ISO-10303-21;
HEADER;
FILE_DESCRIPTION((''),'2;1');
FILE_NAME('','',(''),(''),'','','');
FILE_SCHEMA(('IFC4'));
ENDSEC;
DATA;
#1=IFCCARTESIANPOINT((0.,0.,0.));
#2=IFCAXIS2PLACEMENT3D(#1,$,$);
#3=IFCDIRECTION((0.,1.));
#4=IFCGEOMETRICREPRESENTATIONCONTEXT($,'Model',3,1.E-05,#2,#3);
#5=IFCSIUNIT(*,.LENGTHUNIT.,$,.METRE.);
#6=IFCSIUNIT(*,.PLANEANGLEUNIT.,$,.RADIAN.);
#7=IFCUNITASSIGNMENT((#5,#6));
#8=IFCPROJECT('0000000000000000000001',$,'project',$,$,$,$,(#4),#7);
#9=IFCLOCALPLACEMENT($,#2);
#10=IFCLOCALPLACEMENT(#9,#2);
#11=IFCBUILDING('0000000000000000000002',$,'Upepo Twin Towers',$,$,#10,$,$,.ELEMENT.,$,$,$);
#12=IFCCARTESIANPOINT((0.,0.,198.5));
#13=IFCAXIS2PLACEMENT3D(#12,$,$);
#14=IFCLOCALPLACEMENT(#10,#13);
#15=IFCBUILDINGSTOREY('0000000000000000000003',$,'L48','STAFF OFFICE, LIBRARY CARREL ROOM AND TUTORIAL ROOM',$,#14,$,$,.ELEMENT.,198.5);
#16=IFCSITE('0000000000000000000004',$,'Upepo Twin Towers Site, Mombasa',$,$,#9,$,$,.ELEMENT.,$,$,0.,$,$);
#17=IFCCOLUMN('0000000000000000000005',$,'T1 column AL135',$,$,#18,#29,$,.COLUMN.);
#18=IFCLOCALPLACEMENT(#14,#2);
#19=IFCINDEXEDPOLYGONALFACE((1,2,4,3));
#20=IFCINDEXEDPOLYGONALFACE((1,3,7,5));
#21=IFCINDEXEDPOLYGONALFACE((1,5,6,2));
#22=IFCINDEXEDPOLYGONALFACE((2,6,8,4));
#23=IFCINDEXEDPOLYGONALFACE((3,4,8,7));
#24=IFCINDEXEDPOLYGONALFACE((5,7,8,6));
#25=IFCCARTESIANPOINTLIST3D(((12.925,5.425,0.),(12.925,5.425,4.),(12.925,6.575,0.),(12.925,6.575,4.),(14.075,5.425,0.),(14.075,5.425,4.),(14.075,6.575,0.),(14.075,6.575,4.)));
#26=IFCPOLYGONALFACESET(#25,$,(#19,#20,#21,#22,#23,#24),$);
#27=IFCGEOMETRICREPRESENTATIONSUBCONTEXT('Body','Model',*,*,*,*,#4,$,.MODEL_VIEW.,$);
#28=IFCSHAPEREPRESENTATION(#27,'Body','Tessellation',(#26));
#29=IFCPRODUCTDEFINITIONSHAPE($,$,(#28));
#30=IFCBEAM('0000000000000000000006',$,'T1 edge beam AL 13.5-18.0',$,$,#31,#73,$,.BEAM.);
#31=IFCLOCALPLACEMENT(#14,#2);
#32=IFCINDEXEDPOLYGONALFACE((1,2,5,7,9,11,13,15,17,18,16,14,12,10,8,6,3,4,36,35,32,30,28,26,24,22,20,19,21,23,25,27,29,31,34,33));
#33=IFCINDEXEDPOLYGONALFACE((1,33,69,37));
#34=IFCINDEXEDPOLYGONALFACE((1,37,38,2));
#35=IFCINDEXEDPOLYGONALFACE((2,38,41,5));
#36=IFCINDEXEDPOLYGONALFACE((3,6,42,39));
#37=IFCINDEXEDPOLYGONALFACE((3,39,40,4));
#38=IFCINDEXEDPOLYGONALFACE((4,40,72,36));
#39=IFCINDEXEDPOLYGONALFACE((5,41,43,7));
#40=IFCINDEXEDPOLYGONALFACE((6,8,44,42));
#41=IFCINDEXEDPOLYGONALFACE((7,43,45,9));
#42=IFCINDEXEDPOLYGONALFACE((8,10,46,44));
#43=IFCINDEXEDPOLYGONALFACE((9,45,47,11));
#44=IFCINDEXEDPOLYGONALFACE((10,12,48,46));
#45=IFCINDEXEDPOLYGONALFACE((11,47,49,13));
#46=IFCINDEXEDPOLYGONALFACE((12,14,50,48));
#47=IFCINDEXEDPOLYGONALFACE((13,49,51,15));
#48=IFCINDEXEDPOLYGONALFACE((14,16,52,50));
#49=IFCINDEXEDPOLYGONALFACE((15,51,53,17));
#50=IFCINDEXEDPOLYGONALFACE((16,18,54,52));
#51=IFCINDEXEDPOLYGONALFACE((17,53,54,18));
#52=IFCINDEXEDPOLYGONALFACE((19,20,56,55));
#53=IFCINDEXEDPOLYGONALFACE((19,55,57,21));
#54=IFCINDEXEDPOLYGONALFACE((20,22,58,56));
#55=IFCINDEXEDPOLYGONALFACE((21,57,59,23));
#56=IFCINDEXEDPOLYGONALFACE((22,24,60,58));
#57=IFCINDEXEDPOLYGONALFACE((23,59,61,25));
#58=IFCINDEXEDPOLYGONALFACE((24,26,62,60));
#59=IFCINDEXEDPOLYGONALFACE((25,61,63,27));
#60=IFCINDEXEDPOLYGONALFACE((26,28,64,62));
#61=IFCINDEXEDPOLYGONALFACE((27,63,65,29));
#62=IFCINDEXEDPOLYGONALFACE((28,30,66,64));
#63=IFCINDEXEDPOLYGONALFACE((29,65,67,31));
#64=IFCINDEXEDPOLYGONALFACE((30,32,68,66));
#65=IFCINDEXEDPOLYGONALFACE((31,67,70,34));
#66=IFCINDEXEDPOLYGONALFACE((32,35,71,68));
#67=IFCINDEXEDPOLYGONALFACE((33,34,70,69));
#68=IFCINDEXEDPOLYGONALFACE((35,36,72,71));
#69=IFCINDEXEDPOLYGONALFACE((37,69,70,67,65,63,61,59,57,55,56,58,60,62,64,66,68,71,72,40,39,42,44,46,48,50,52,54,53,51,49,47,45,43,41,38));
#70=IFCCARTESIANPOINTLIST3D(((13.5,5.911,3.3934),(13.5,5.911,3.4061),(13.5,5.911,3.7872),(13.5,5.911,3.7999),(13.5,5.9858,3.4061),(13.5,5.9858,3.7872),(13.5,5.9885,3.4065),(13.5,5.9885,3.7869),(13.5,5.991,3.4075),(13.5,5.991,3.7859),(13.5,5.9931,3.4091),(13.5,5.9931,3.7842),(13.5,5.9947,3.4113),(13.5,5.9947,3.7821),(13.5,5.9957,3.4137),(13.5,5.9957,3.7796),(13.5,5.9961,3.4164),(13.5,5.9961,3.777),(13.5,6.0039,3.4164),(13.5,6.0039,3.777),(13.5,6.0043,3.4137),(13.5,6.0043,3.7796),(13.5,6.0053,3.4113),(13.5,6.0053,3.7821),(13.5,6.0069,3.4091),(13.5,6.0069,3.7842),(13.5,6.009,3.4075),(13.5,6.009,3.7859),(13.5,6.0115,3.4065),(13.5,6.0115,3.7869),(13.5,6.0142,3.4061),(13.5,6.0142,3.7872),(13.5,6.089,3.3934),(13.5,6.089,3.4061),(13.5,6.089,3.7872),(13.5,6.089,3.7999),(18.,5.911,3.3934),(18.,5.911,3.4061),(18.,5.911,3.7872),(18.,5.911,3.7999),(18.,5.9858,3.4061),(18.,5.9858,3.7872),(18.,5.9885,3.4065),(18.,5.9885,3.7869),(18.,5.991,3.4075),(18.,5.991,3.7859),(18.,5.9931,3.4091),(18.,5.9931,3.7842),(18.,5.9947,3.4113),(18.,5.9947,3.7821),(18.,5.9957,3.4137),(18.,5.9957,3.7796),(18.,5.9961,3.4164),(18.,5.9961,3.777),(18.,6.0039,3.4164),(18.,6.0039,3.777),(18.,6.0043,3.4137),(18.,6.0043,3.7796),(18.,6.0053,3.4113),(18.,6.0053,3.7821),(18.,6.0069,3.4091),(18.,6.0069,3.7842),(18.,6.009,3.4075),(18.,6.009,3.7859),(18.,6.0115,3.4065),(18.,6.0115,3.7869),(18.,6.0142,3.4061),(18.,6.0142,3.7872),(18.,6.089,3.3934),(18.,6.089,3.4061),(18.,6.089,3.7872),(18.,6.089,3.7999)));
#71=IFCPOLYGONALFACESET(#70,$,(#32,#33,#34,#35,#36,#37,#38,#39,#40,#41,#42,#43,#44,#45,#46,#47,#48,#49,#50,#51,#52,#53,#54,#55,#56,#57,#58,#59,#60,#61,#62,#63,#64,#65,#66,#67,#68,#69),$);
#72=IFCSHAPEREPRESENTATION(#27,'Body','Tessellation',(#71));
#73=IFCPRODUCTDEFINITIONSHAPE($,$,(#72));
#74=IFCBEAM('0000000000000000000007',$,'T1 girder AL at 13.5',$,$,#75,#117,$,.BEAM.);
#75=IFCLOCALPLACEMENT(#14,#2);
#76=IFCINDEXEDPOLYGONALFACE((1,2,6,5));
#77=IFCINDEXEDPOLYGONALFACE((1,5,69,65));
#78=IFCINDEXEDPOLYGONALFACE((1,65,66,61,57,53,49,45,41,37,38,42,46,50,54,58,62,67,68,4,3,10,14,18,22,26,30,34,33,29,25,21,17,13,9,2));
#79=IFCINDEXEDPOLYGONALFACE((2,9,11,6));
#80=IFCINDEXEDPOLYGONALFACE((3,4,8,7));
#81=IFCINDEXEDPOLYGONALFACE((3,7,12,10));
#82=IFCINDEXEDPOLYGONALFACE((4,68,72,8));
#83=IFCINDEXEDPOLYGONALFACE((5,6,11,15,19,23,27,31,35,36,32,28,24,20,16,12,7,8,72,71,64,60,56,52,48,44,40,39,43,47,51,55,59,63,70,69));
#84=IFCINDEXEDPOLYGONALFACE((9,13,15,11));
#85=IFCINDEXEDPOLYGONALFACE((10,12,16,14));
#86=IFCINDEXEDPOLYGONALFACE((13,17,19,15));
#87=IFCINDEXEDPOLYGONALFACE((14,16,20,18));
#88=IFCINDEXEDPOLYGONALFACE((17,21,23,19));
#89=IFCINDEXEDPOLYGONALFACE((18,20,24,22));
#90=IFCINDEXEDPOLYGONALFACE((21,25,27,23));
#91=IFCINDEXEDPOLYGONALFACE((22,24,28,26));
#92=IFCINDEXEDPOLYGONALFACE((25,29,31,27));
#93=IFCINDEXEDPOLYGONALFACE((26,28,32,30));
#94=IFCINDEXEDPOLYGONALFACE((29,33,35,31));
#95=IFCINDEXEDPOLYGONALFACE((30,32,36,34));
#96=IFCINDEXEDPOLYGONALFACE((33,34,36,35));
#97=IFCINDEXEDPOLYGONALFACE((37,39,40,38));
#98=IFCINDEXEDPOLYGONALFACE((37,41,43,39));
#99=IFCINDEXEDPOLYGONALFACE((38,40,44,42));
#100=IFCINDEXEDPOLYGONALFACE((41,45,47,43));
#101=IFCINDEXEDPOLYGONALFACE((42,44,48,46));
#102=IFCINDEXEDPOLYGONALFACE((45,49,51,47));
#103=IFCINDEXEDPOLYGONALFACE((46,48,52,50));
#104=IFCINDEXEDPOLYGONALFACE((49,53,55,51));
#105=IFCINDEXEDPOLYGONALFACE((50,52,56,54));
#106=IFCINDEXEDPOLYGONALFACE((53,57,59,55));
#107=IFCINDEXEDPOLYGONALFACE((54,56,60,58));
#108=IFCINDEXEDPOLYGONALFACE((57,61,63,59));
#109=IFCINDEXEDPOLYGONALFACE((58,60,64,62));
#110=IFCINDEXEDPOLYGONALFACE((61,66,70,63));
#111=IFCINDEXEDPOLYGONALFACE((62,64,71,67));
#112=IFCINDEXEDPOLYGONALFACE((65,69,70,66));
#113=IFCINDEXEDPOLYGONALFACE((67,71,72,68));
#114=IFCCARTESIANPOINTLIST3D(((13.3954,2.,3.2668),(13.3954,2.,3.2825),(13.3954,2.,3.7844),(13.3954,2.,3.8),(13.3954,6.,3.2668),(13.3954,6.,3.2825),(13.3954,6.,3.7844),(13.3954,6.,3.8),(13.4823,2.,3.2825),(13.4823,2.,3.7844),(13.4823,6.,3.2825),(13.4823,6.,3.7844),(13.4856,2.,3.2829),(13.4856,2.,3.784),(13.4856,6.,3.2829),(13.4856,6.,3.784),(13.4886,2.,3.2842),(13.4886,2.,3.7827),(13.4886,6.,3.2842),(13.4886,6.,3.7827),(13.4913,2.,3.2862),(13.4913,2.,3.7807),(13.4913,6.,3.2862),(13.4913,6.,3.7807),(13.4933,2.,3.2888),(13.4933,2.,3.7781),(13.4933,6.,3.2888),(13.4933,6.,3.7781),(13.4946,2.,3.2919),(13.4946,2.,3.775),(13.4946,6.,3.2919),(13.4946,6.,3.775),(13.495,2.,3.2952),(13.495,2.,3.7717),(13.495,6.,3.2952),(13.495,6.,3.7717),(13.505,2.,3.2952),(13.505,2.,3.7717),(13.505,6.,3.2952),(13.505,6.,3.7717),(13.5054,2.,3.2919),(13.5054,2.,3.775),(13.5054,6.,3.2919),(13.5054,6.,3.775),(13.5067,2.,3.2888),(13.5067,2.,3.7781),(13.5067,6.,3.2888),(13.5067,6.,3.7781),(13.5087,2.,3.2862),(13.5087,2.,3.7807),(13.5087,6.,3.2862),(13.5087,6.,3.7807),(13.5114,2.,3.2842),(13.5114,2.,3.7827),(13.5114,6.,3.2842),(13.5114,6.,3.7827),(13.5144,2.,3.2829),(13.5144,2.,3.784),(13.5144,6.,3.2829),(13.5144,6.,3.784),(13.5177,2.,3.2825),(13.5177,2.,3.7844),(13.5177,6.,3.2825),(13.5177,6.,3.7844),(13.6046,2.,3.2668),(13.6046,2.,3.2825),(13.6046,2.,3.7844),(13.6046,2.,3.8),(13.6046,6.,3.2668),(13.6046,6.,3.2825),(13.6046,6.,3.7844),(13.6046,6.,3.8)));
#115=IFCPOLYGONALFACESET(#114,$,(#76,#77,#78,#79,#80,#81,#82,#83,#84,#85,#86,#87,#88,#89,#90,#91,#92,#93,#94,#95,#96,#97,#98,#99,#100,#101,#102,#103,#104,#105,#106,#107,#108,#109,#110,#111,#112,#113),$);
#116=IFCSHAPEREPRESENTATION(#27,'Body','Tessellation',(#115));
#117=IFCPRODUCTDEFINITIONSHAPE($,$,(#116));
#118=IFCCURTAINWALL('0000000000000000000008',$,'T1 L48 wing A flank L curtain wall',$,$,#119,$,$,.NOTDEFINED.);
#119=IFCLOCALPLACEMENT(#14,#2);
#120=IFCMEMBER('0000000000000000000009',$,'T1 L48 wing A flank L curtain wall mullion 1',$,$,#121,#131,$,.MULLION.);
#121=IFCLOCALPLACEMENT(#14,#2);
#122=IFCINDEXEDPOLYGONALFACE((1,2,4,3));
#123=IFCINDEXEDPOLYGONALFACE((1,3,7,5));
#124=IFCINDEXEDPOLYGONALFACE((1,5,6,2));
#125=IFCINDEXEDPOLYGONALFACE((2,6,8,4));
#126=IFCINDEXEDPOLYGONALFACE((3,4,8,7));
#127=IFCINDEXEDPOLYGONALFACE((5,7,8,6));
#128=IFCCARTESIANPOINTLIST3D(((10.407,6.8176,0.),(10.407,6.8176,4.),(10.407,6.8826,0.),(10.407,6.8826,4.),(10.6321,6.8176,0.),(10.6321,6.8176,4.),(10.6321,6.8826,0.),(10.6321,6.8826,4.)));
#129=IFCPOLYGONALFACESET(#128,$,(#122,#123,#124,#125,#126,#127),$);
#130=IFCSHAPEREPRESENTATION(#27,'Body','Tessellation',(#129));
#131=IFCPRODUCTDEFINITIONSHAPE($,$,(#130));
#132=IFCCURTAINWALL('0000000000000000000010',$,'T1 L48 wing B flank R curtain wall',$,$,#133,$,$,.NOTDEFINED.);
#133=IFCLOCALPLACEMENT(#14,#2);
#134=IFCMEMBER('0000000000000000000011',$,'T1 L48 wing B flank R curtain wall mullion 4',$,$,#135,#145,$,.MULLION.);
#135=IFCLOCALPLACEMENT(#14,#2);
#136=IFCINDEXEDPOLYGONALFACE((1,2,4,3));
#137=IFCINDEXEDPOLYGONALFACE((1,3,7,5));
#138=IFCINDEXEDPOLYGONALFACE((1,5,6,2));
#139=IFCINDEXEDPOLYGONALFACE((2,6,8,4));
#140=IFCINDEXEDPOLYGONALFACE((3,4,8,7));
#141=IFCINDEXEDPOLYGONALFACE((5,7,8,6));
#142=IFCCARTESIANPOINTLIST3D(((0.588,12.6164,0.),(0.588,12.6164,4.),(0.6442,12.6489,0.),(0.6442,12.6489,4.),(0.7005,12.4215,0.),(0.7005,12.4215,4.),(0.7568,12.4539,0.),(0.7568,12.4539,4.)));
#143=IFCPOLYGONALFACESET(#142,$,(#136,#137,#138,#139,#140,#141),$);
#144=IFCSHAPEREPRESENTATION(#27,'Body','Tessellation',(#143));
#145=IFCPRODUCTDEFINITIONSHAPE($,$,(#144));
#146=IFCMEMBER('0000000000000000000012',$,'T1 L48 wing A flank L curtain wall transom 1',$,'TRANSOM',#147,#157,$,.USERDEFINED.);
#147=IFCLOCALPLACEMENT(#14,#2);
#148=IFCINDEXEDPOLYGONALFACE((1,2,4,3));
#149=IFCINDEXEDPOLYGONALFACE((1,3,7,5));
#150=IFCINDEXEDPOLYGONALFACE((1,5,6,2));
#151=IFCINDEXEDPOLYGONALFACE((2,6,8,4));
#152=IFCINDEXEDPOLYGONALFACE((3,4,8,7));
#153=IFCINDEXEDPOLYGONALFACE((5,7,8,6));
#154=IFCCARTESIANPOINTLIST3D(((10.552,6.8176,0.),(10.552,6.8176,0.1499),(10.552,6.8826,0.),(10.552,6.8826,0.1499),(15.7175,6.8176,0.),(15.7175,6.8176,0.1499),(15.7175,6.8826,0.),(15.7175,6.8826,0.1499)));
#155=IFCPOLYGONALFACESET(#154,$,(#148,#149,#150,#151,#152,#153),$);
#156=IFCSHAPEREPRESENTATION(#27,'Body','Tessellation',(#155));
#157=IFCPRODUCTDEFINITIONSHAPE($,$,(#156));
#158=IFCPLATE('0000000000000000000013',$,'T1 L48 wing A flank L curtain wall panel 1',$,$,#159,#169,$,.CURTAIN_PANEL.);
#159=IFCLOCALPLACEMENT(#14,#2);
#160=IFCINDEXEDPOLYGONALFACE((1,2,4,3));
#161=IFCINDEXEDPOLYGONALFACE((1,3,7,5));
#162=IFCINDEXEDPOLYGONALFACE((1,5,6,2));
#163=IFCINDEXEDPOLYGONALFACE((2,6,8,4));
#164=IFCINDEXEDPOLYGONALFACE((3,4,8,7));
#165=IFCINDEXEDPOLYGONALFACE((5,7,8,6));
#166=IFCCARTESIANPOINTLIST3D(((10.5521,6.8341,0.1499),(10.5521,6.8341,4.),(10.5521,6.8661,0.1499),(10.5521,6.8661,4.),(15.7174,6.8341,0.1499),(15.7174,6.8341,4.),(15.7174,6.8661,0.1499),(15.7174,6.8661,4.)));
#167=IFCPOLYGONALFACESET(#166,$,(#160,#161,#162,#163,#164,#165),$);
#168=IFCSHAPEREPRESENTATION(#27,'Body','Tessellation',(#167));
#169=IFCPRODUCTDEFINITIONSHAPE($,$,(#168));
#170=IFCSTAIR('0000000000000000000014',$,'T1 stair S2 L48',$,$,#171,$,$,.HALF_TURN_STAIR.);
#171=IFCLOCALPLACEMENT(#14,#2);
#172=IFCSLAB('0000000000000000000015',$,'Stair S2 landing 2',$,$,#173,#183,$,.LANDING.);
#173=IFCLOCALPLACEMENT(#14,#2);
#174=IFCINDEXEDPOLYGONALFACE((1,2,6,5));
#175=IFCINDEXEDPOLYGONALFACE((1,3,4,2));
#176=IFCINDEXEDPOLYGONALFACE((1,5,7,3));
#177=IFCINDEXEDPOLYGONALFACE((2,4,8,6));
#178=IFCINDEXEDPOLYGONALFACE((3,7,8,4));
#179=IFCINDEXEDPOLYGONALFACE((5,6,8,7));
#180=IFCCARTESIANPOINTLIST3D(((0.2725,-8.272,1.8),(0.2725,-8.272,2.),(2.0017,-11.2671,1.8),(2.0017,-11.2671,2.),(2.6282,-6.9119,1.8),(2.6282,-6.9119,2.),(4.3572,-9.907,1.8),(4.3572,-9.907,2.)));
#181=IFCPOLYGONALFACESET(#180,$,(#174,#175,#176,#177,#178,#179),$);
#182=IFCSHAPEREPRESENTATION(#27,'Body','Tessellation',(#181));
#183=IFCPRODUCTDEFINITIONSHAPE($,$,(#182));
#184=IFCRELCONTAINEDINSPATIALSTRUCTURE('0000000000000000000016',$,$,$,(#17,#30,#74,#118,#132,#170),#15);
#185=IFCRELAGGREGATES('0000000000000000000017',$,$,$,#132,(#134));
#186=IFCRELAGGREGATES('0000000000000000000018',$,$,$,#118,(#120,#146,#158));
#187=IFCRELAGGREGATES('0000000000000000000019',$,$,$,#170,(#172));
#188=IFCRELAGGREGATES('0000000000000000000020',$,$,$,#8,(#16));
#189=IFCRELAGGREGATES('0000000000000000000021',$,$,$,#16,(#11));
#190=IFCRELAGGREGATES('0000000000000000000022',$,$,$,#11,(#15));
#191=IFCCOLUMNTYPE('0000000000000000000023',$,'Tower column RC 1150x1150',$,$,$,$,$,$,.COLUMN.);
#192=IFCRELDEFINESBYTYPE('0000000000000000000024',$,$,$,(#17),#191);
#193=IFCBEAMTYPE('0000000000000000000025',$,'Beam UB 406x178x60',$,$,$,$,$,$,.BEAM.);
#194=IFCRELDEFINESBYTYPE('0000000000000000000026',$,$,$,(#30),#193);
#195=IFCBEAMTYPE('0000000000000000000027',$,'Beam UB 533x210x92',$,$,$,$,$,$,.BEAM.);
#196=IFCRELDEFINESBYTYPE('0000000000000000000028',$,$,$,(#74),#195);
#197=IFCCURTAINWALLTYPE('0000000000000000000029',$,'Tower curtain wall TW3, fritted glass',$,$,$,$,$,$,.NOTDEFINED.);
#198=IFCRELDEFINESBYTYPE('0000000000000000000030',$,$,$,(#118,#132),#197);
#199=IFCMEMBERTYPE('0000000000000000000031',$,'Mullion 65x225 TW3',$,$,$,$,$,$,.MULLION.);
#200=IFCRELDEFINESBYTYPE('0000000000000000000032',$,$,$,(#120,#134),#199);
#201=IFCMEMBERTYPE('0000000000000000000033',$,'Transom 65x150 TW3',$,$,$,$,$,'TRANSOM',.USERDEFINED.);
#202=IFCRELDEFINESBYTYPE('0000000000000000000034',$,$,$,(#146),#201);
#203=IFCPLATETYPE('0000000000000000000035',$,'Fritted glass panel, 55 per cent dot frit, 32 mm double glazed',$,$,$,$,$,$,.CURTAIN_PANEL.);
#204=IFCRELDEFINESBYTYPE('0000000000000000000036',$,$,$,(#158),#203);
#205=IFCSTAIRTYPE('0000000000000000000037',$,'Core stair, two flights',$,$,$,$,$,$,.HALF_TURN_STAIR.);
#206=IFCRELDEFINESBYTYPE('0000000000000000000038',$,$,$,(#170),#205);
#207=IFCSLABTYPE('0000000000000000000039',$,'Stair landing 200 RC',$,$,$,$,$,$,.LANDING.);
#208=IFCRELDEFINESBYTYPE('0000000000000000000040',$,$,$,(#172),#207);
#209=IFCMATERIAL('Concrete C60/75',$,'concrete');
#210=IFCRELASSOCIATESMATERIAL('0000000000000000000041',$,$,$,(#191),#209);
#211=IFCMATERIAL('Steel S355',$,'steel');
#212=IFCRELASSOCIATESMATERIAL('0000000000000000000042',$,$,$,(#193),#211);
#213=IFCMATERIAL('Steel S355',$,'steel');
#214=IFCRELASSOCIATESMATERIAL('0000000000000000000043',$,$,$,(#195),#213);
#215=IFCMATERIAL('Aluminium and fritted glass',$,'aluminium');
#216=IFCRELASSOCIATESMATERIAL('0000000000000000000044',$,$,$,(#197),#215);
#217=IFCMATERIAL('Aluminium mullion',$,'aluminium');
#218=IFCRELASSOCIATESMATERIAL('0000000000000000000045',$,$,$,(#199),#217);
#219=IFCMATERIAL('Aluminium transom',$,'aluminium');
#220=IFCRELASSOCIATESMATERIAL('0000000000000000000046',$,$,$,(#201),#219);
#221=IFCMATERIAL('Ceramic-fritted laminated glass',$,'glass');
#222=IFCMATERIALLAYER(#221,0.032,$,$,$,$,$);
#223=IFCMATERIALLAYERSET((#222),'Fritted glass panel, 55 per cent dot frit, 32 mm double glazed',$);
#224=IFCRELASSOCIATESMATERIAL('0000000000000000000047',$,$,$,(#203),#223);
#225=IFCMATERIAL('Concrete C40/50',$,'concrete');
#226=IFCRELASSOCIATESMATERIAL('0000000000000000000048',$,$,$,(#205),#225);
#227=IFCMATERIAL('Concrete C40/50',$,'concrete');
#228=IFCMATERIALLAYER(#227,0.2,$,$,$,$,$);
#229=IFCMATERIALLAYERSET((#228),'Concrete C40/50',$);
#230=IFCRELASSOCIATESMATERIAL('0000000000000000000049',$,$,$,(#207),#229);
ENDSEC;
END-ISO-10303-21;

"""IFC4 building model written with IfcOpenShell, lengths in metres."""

from ifc_helpers import new_model, si_unit, direction, frame, origin, origin_2d, place, context, subcontext, project, spatial, polyline, rectangle, i_section, outline, extrude, material, layer, layer_set, material_profile, profile_set, type_object, element, aggregate, save


model = new_model("IFC4")

# Units and contexts
model_context = context("Model", 3, precision=1e-05, world=origin(), true_north=direction((0.0, 1.0)))
body_context = subcontext(model_context, "Body", "Model", "MODEL_VIEW")
ifc_project = project(units=[si_unit("LENGTHUNIT", "METRE"), si_unit("PLANEANGLEUNIT", "RADIAN")], contexts=[model_context])

# Site, building, storey
site_placement = place(None, origin())
site = spatial("IfcSite", under=ifc_project, at=site_placement, Name="Upepo Twin Towers Site, Mombasa", CompositionType="ELEMENT", RefElevation=0.0)
building_placement = place(site_placement, origin())
building = spatial("IfcBuilding", under=site, at=building_placement, Name="Upepo Twin Towers", CompositionType="ELEMENT")
storey_placement = place(building_placement, frame((0.0, 0.0, 198.5)))
storey = spatial("IfcBuildingStorey", under=building, at=storey_placement, Name="L48", Description="STAFF OFFICE, LIBRARY CARREL ROOM AND TUTORIAL ROOM", CompositionType="ELEMENT", Elevation=198.5)

# Column
ifc_material_1 = material(Name="Concrete C60/75", Category="concrete")
ifc_material_profile_1 = material_profile(ifc_material_1, rectangle(XDim=1.1499, YDim=1.1499, at=origin_2d()), Name="RC 1150x1150")
ifc_profile_set_1 = profile_set([ifc_material_profile_1], Name="Concrete C60/75")
column_type = type_object("IfcColumnType", Name="Tower column RC 1150x1150", PredefinedType="COLUMN", material=ifc_profile_set_1)
column_placement = place(storey_placement, frame((13.5, 6.0, 0.0), z_axis=(0.0, 0.0, 1.0), x_axis=(1.0, 0.0, 0.0)))
element("IfcColumn", 1, at=column_placement, inside=storey, type_object=column_type, Name="T1 column AL135", PredefinedType="COLUMN", context=body_context, shape_type="SweptSolid", body=[
    extrude(rectangle(XDim=1.1499, YDim=1.1499, at=origin_2d()), origin(), (0.0, 0.0, 1.0), 4.0),
])

# Beams
ifc_material_2 = material(Name="Steel S355", Category="steel")
ifc_material_profile_2 = material_profile(ifc_material_2, i_section(OverallWidth=0.178, OverallDepth=0.4065, WebThickness=0.0078, FlangeThickness=0.0127, FilletRadius=0.0103, at=origin_2d()), Name="UB 406x178x60")
ifc_profile_set_2 = profile_set([ifc_material_profile_2], Name="Steel S355")
beam_type_1 = type_object("IfcBeamType", Name="Beam UB 406x178x60", PredefinedType="BEAM", material=ifc_profile_set_2)
beam_1_placement = place(storey_placement, frame((13.5, 6.0, 3.5967), z_axis=(1.0, 0.0, 0.0), x_axis=(0.0, 1.0, 0.0)))
element("IfcBeam", 2, at=beam_1_placement, inside=storey, type_object=beam_type_1, Name="T1 edge beam AL 13.5-18.0", PredefinedType="BEAM", context=body_context, shape_type="SweptSolid", body=[
    extrude(i_section(OverallWidth=0.178, OverallDepth=0.4065, WebThickness=0.0078, FlangeThickness=0.0127, FilletRadius=0.0103, at=origin_2d()), origin(), (0.0, 0.0, 1.0), 4.5),
])
ifc_material_3 = material(Name="Steel S355", Category="steel")
ifc_material_profile_3 = material_profile(ifc_material_3, i_section(OverallWidth=0.2092, OverallDepth=0.5332, WebThickness=0.01, FlangeThickness=0.0156, FilletRadius=0.0127, at=origin_2d()), Name="UB 533x210x92")
ifc_profile_set_3 = profile_set([ifc_material_profile_3], Name="Steel S355")
beam_type_2 = type_object("IfcBeamType", Name="Beam UB 533x210x92", PredefinedType="BEAM", material=ifc_profile_set_3)
beam_2_placement = place(storey_placement, frame((13.5, 6.0, 3.5334), z_axis=(0.0, -1.0, 0.0), x_axis=(1.0, 0.0, 0.0)))
element("IfcBeam", 3, at=beam_2_placement, inside=storey, type_object=beam_type_2, Name="T1 girder AL at 13.5", PredefinedType="BEAM", context=body_context, shape_type="SweptSolid", body=[
    extrude(i_section(OverallWidth=0.2092, OverallDepth=0.5332, WebThickness=0.01, FlangeThickness=0.0156, FilletRadius=0.0127, at=origin_2d()), origin(), (0.0, 0.0, 1.0), 4.0),
])

# Curtain walls, members
ifc_material_4 = material(Name="Aluminium and fritted glass", Category="aluminium")
curtain_wall_type = type_object("IfcCurtainWallType", Name="Tower curtain wall TW3, fritted glass", PredefinedType="NOTDEFINED", material=ifc_material_4)
curtain_wall_1_placement = place(storey_placement, origin())
curtain_wall_1 = element("IfcCurtainWall", 4, at=curtain_wall_1_placement, inside=storey, type_object=curtain_wall_type, Name="T1 L48 wing A flank L curtain wall", PredefinedType="NOTDEFINED")
ifc_material_5 = material(Name="Aluminium mullion", Category="aluminium")
ifc_material_profile_4 = material_profile(ifc_material_5, rectangle(XDim=0.0649, YDim=0.2251, at=origin_2d()), Name="MULLION 65x225")
ifc_profile_set_4 = profile_set([ifc_material_profile_4], Name="Aluminium mullion")
member_type_1 = type_object("IfcMemberType", Name="Mullion 65x225 TW3", PredefinedType="MULLION", material=ifc_profile_set_4)
member_1_placement = place(storey_placement, frame((10.5195, 6.8501, 0.0), z_axis=(0.0, 0.0, 1.0), x_axis=(0.0, 1.0, 0.0)))
member_1 = element("IfcMember", 5, at=member_1_placement, type_object=member_type_1, Name="T1 L48 wing A flank L curtain wall mullion 1", PredefinedType="MULLION", context=body_context, shape_type="SweptSolid", body=[
    extrude(rectangle(XDim=0.0649, YDim=0.2251, at=origin_2d()), origin(), (0.0, 0.0, 1.0), 4.0),
])
curtain_wall_2_placement = place(storey_placement, origin())
curtain_wall_2 = element("IfcCurtainWall", 6, at=curtain_wall_2_placement, inside=storey, type_object=curtain_wall_type, Name="T1 L48 wing B flank R curtain wall", PredefinedType="NOTDEFINED")
member_2_placement = place(storey_placement, frame((0.6724, 12.5352, 0.0), z_axis=(0.0, 0.0, 1.0), x_axis=(0.866025, 0.5, 0.0)))
member_2 = element("IfcMember", 7, at=member_2_placement, type_object=member_type_1, Name="T1 L48 wing B flank R curtain wall mullion 4", PredefinedType="MULLION", context=body_context, shape_type="SweptSolid", body=[
    extrude(rectangle(XDim=0.0649, YDim=0.2251, at=origin_2d()), origin(), (0.0, 0.0, 1.0), 4.0),
])
aggregate(curtain_wall_2, [member_2])

# Member
ifc_material_6 = material(Name="Aluminium transom", Category="aluminium")
ifc_material_profile_5 = material_profile(ifc_material_6, rectangle(XDim=0.0649, YDim=0.1499, at=origin_2d()), Name="TRANSOM 65x150")
ifc_profile_set_5 = profile_set([ifc_material_profile_5], Name="Aluminium transom")
member_type_2 = type_object("IfcMemberType", Name="Transom 65x150 TW3", ElementType="TRANSOM", PredefinedType="USERDEFINED", material=ifc_profile_set_5)
member_3_placement = place(storey_placement, frame((10.552, 6.8501, 0.075), z_axis=(1.0, 0.0, 0.0), x_axis=(0.0, 1.0, 0.0)))
member_3 = element("IfcMember", 8, at=member_3_placement, type_object=member_type_2, Name="T1 L48 wing A flank L curtain wall transom 1", ObjectType="TRANSOM", PredefinedType="USERDEFINED", context=body_context, shape_type="SweptSolid", body=[
    extrude(rectangle(XDim=0.0649, YDim=0.1499, at=origin_2d()), origin(), (0.0, 0.0, 1.0), 5.1655),
])

# Plate
ifc_material_7 = material(Name="Ceramic-fritted laminated glass", Category="glass")
ifc_layer_1 = layer(ifc_material_7, 0.032)
ifc_layer_set_1 = layer_set([ifc_layer_1], Name="Fritted glass panel, 55 per cent dot frit, 32 mm double glazed")
plate_type = type_object("IfcPlateType", Name="Fritted glass panel, 55 per cent dot frit, 32 mm double glazed", PredefinedType="CURTAIN_PANEL", material=ifc_layer_set_1)
plate_placement = place(storey_placement, frame((13.1348, 6.8501, 0.1499), z_axis=(0.0, 0.0, 1.0), x_axis=(1.0, 0.0, 0.0)))
plate = element("IfcPlate", 9, at=plate_placement, type_object=plate_type, Name="T1 L48 wing A flank L curtain wall panel 1", PredefinedType="CURTAIN_PANEL", context=body_context, shape_type="SweptSolid", body=[
    extrude(rectangle(XDim=5.1653, YDim=0.032, at=origin_2d()), origin(), (0.0, 0.0, 1.0), 3.8501),
])
aggregate(curtain_wall_1, [member_1, member_3, plate])

# Stair, slab
ifc_material_8 = material(Name="Concrete C40/50", Category="concrete")
stair_type = type_object("IfcStairType", Name="Core stair, two flights", PredefinedType="HALF_TURN_STAIR", material=ifc_material_8)
stair_1_placement = place(storey_placement, origin())
stair_1 = element("IfcStair", 10, at=stair_1_placement, inside=storey, type_object=stair_type, Name="T1 stair S2 L48", PredefinedType="HALF_TURN_STAIR")
ifc_material_9 = material(Name="Concrete C40/50", Category="concrete")
ifc_layer_2 = layer(ifc_material_9, 0.2)
ifc_layer_set_2 = layer_set([ifc_layer_2], Name="Concrete C40/50")
slab_type = type_object("IfcSlabType", Name="Stair landing 200 RC", PredefinedType="LANDING", material=ifc_layer_set_2)
slab_1_placement = place(storey_placement, frame((0.0, 0.0, 1.8)))
slab_1 = element("IfcSlab", 11, at=slab_1_placement, type_object=slab_type, Name="Stair S2 landing 2", PredefinedType="LANDING", context=body_context, shape_type="SweptSolid", body=[
    extrude(outline(polyline([(0.2725, -8.272), (2.0017, -11.2671), (4.3572, -9.907), (2.6282, -6.9119), (0.2725, -8.272)])), origin(), (0.0, 0.0, 1.0), 0.2),
])
aggregate(stair_1, [slab_1])

save(model, "model.ifc")
